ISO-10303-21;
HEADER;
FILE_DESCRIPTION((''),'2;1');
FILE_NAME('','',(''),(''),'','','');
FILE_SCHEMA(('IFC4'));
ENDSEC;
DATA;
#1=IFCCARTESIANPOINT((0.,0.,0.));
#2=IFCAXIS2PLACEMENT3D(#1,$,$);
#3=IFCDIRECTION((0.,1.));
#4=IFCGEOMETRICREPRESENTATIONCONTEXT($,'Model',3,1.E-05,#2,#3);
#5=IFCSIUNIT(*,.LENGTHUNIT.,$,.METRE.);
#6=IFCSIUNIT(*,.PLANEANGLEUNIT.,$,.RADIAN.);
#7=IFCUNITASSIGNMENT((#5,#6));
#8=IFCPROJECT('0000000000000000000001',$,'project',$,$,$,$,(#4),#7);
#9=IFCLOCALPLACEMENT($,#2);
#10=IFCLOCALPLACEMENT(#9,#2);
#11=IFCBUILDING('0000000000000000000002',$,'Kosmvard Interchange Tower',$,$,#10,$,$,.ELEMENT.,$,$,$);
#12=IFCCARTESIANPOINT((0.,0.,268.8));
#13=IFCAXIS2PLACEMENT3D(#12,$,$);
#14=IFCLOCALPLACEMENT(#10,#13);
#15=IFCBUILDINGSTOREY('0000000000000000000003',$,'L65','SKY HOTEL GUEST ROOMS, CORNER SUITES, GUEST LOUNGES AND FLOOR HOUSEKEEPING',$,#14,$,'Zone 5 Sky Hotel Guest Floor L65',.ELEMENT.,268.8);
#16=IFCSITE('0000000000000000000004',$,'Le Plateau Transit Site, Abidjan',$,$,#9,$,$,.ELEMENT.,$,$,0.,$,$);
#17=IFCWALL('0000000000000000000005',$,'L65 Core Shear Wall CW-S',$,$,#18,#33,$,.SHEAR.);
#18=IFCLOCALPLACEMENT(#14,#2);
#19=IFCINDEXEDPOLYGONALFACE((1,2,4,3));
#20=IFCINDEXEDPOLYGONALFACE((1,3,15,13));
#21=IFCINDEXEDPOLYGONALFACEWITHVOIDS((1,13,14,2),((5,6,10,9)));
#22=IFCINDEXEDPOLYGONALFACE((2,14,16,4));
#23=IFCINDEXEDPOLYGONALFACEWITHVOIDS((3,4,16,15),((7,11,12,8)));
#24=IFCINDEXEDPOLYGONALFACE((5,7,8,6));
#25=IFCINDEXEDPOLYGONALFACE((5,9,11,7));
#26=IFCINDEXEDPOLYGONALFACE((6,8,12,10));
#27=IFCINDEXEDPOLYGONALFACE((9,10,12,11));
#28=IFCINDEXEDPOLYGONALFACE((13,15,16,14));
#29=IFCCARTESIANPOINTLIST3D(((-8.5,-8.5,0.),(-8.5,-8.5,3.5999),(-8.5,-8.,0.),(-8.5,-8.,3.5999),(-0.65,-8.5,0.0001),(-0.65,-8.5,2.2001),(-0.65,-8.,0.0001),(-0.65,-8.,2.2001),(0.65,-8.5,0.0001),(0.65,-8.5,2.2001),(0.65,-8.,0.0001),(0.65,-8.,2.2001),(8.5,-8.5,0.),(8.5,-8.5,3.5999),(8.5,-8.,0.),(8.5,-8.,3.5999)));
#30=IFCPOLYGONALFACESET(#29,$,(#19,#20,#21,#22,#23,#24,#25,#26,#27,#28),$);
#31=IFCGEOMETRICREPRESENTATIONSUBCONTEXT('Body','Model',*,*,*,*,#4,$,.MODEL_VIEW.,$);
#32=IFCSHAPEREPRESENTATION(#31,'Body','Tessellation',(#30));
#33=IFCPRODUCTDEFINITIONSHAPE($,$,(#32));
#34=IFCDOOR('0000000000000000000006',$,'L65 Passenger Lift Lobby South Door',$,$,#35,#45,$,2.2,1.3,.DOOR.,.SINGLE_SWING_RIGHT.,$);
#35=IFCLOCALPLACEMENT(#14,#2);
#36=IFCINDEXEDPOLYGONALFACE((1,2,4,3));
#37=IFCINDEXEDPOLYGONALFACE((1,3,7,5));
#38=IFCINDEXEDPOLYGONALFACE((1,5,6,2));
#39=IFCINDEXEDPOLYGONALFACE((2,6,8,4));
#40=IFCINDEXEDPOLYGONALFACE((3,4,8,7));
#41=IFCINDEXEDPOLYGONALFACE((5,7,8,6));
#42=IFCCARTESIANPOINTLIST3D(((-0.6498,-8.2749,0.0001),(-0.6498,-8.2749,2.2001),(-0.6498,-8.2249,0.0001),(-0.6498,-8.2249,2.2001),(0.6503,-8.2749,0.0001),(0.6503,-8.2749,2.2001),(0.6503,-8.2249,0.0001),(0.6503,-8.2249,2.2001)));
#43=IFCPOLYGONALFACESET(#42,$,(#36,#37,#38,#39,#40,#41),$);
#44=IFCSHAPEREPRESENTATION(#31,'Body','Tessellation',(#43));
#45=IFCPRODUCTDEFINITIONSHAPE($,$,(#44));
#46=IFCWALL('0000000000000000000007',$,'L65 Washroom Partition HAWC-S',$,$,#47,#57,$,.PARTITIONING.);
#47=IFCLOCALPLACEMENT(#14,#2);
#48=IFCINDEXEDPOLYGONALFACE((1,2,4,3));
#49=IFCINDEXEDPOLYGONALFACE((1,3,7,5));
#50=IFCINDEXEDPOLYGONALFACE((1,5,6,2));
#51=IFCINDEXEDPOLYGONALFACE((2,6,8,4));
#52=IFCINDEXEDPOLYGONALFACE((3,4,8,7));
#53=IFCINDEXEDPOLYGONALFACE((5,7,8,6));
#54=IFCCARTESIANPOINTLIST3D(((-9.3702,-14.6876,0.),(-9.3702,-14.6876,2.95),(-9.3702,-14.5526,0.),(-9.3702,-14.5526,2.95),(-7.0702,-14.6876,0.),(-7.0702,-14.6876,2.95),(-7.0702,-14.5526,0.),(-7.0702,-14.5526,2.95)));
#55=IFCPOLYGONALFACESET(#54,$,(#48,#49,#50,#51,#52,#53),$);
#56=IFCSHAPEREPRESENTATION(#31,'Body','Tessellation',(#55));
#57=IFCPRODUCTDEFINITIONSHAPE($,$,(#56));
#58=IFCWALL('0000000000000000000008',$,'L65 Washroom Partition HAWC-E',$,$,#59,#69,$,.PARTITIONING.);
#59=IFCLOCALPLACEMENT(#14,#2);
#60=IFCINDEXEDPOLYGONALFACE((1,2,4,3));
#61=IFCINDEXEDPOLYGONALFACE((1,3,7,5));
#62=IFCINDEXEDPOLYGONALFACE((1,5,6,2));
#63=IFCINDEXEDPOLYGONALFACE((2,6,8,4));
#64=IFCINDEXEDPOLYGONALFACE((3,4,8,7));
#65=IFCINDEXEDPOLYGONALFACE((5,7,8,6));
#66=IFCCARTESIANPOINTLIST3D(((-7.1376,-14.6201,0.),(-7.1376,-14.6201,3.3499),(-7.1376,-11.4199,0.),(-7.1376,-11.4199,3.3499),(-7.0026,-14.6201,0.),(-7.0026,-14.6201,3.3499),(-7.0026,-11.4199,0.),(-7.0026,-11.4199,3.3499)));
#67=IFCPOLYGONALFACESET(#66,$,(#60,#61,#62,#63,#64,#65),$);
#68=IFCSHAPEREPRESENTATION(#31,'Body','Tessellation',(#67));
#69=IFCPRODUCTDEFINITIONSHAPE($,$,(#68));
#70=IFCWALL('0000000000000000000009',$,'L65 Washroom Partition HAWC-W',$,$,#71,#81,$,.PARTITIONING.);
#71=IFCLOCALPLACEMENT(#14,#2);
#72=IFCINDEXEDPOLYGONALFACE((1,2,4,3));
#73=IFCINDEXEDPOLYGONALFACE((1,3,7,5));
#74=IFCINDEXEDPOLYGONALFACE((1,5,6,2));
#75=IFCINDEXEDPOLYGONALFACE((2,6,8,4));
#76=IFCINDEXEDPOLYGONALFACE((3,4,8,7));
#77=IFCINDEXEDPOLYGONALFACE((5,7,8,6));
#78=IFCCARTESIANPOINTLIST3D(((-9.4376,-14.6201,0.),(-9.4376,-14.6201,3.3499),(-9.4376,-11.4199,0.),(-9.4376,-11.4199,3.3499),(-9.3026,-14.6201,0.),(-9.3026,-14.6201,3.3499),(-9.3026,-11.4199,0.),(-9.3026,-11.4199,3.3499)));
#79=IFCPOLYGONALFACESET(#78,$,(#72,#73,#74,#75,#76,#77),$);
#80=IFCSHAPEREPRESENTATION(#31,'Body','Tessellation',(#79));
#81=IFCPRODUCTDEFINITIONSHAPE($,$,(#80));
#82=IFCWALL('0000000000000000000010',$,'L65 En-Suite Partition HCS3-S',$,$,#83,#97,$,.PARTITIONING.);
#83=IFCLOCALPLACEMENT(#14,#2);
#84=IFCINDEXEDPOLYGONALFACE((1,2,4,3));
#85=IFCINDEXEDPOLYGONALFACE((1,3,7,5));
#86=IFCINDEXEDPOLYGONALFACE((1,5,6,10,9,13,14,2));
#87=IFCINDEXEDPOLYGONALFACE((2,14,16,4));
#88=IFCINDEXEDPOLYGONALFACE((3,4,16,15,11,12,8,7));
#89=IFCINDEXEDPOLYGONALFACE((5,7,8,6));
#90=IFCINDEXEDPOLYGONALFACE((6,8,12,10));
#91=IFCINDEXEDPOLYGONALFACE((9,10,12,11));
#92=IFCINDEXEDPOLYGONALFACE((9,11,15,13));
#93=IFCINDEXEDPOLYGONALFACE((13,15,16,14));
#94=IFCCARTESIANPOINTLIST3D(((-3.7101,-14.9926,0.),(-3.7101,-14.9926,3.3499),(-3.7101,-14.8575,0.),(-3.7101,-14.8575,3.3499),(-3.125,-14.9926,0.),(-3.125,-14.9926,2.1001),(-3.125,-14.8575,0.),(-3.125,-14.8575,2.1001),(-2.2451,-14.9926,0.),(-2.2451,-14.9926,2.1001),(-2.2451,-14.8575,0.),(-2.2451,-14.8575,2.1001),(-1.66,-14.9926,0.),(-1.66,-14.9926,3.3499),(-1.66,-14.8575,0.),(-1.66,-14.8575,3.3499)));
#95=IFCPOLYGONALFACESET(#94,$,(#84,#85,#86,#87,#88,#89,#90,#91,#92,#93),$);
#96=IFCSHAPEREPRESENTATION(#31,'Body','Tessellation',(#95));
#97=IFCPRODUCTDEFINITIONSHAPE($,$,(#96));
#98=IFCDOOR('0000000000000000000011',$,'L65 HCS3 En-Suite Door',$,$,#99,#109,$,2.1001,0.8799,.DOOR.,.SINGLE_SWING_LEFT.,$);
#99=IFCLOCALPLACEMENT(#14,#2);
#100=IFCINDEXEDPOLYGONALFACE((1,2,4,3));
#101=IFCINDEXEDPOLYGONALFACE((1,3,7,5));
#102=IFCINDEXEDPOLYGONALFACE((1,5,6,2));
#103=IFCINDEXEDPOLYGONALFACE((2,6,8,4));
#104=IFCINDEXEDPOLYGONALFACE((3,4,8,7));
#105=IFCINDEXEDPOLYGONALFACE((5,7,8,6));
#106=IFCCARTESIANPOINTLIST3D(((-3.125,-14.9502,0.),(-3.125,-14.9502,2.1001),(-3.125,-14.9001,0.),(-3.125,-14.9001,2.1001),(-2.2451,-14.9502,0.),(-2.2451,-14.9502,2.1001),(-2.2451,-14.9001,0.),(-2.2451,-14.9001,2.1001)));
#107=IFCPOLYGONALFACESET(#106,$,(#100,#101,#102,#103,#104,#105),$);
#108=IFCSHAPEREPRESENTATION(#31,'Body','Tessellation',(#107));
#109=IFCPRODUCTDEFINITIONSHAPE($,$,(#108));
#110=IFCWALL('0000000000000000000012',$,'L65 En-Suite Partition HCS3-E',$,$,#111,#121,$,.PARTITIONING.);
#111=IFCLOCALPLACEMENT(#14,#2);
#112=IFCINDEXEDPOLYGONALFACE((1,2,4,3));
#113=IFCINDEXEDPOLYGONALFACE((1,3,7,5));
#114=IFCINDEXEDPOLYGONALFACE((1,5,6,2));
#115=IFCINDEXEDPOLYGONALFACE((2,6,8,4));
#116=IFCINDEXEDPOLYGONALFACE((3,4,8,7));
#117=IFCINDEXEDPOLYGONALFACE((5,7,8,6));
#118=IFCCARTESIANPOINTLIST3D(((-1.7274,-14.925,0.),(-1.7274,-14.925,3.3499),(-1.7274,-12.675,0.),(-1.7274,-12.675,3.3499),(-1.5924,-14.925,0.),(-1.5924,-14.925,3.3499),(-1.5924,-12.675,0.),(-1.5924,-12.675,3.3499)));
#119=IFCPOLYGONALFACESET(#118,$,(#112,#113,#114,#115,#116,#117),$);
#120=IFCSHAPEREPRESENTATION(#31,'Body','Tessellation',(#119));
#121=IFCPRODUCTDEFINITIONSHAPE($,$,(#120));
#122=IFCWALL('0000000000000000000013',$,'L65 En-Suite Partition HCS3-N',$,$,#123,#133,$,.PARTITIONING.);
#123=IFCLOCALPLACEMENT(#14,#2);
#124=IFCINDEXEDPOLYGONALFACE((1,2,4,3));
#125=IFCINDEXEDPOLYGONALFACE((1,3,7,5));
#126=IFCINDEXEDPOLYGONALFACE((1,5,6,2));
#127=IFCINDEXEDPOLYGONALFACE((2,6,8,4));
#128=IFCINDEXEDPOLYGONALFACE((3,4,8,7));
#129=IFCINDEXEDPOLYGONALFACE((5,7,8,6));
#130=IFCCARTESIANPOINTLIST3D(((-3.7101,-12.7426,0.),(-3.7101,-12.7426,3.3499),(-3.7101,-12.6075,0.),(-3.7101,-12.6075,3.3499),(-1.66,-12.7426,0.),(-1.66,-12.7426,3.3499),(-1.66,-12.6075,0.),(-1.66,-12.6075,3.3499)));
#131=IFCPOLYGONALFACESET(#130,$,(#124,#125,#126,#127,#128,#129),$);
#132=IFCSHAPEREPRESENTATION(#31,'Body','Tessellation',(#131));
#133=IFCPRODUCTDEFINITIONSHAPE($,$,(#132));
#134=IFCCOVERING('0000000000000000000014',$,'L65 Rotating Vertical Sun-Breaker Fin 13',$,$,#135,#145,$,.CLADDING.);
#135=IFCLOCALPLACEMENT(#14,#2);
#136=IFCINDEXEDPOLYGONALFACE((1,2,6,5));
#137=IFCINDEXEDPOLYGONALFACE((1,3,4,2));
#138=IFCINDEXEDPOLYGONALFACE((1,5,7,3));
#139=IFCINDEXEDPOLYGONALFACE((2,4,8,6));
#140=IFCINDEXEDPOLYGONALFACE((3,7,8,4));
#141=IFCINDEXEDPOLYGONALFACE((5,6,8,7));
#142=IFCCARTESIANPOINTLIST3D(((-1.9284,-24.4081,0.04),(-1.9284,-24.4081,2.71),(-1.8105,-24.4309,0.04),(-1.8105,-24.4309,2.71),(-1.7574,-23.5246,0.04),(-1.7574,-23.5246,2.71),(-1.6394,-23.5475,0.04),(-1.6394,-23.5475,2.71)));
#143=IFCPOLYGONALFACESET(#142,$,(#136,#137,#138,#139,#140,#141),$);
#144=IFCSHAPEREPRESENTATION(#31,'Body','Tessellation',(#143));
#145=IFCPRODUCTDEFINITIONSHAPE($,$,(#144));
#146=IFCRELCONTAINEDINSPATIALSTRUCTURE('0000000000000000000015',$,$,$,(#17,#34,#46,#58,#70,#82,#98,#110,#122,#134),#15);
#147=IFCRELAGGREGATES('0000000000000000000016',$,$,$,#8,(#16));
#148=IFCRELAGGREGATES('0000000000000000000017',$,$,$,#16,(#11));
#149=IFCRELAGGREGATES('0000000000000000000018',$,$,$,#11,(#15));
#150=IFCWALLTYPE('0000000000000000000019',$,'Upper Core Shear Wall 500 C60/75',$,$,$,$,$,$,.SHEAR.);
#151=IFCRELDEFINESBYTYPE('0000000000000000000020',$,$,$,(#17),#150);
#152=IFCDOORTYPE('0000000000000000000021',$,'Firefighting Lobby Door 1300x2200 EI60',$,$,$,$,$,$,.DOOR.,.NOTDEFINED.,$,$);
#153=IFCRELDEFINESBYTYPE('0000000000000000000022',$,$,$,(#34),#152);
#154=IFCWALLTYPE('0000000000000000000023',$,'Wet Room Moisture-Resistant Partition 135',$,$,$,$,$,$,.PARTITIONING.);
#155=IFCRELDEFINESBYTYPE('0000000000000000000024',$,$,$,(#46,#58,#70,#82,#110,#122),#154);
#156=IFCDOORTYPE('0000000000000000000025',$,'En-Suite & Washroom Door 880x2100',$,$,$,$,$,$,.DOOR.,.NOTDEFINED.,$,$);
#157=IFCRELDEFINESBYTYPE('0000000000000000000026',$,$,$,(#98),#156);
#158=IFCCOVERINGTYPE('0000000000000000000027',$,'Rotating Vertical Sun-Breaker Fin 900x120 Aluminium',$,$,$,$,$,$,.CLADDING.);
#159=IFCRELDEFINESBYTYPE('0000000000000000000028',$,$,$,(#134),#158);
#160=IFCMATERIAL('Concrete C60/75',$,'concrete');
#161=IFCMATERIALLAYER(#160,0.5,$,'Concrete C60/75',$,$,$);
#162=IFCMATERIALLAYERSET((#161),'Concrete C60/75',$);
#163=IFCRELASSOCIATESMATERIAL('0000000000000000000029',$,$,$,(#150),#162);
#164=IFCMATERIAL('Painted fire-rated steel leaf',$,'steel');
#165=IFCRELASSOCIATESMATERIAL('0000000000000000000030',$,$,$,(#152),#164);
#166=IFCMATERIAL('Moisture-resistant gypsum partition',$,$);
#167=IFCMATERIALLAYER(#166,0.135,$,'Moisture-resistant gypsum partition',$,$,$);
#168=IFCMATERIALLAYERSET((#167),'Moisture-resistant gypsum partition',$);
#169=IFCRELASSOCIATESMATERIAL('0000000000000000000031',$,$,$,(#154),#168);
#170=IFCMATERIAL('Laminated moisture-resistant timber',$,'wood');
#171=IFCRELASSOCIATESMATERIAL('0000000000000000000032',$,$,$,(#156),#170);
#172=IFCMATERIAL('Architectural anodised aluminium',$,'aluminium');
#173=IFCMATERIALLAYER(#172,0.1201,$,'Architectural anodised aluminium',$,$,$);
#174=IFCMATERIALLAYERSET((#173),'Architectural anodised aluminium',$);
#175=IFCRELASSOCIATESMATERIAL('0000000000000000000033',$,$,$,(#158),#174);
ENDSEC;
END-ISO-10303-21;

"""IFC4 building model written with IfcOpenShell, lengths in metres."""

from ifc_helpers import new_model, si_unit, direction, frame, frame_2d, origin, origin_2d, place, context, subcontext, project, spatial, rectangle, extrude, source, transform, mapped, material, layer, layer_set, type_object, element, fill, save


model = new_model("IFC4")

# Units and contexts
model_context = context("Model", 3, precision=1e-05, world=origin(), true_north=direction((0.0, 1.0)))
body_context = subcontext(model_context, "Body", "Model", "MODEL_VIEW")
ifc_project = project(units=[si_unit("LENGTHUNIT", "METRE"), si_unit("PLANEANGLEUNIT", "RADIAN")], contexts=[model_context])

# Site, building, storey
site_placement = place(None, origin())
site = spatial("IfcSite", under=ifc_project, at=site_placement, Name="Le Plateau Transit Site, Abidjan", CompositionType="ELEMENT", RefElevation=0.0)
building_placement = place(site_placement, origin())
building = spatial("IfcBuilding", under=site, at=building_placement, Name="Kosmvard Interchange Tower", CompositionType="ELEMENT")
storey_placement = place(building_placement, frame((0.0, 0.0, 268.8)))
storey = spatial("IfcBuildingStorey", under=building, at=storey_placement, Name="L65", Description="SKY HOTEL GUEST ROOMS, CORNER SUITES, GUEST LOUNGES AND FLOOR HOUSEKEEPING", LongName="Zone 5 Sky Hotel Guest Floor L65", CompositionType="ELEMENT", Elevation=268.8)

# Shared definitions
ifc_material_1 = material(Name="Laminated moisture-resistant timber", Category="wood")

# Wall, opening, door
ifc_material_2 = material(Name="Concrete C60/75", Category="concrete")
ifc_layer_1 = layer(ifc_material_2, 0.5, Name="Concrete C60/75")
ifc_layer_set_1 = layer_set([ifc_layer_1], Name="Concrete C60/75")
wall_type_1 = type_object("IfcWallType", Name="Upper Core Shear Wall 500 C60/75", PredefinedType="SHEAR", material=ifc_layer_set_1)
wall_1_placement = place(storey_placement, frame((-8.5, -8.25, 0.0), z_axis=(0.0, 0.0, 1.0), x_axis=(1.0, 0.0, 0.0)))
wall_1 = element("IfcWall", 1, at=wall_1_placement, inside=storey, type_object=wall_type_1, Name="L65 Core Shear Wall CW-S", PredefinedType="SHEAR", context=body_context, shape_type="SweptSolid", body=[
    extrude(rectangle(XDim=17.0, YDim=0.5, at=frame_2d((8.5, 0.0))), origin(), (0.0, 0.0, 1.0), 3.5999),
])
opening_1_placement = place(wall_1_placement, frame((7.8501, 0.0, 0.0)))
opening_1 = element("IfcOpeningElement", 2, at=opening_1_placement, cuts=wall_1, PredefinedType="OPENING", context=body_context, shape_type="SweptSolid", body=[
    extrude(rectangle(XDim=1.3, YDim=2.2, at=frame_2d((0.6499, 1.1001))), frame((0.0, 0.26, 0.0), z_axis=(0.0, -1.0, 0.0), x_axis=(1.0, 0.0, 0.0)), (0.0, 0.0, 1.0), 0.52),
])
ifc_material_3 = material(Name="Painted fire-rated steel leaf", Category="steel")
door_type_1 = type_object("IfcDoorType", Name="Firefighting Lobby Door 1300x2200 EI60", OperationType="NOTDEFINED", PredefinedType="DOOR", material=ifc_material_3)
shared_shape_1 = source(origin(), body_context, "Body", "SweptSolid", [
    extrude(rectangle(XDim=1.3, YDim=2.2, at=frame_2d((0.6499, 1.1001))), frame((0.0, 0.0249, 0.0), z_axis=(0.0, -1.0, 0.0), x_axis=(1.0, 0.0, 0.0)), (0.0, 0.0, 1.0), 0.05),
])
door_1_placement = place(opening_1_placement, frame((1.3, 0.0, 0.0), z_axis=(0.0, 0.0, 1.0), x_axis=(-1.0, 0.0, 0.0)))
door_1 = element("IfcDoor", 3, at=door_1_placement, inside=storey, type_object=door_type_1, Name="L65 Passenger Lift Lobby South Door", OperationType="SINGLE_SWING_RIGHT", OverallHeight=2.2, OverallWidth=1.3, PredefinedType="DOOR", context=body_context, shape_type="MappedRepresentation", body=[
    mapped(shared_shape_1, transform((0.0, 0.0, 0.0), scale=1.0)),
])
fill(opening_1, door_1)

# Walls
ifc_material_4 = material(Name="Moisture-resistant gypsum partition")
ifc_layer_2 = layer(ifc_material_4, 0.135, Name="Moisture-resistant gypsum partition")
ifc_layer_set_2 = layer_set([ifc_layer_2], Name="Moisture-resistant gypsum partition")
wall_type_2 = type_object("IfcWallType", Name="Wet Room Moisture-Resistant Partition 135", PredefinedType="PARTITIONING", material=ifc_layer_set_2)
wall_2_placement = place(storey_placement, frame((-9.3701, -14.6201, 0.0), z_axis=(0.0, 0.0, 1.0), x_axis=(1.0, 0.0, 0.0)))
element("IfcWall", 4, at=wall_2_placement, inside=storey, type_object=wall_type_2, Name="L65 Washroom Partition HAWC-S", PredefinedType="PARTITIONING", context=body_context, shape_type="SweptSolid", body=[
    extrude(rectangle(XDim=2.3, YDim=0.135, at=frame_2d((1.1499, 0.0))), origin(), (0.0, 0.0, 1.0), 2.95),
])
for number, where, z_axis, x_axis, name in (
    (5, (-7.0701, -14.6201, 0.0), (0.0, 0.0, 1.0), (0.0, 1.0, 0.0), "L65 Washroom Partition HAWC-E"),
    (6, (-9.3701, -14.6201, 0.0), (0.0, 0.0, 1.0), (0.0, 1.0, 0.0), "L65 Washroom Partition HAWC-W"),
):
    element("IfcWall", number, at=place(storey_placement, frame(where, z_axis=z_axis, x_axis=x_axis)), inside=storey, type_object=wall_type_2, Name=name, PredefinedType="PARTITIONING", context=body_context, shape_type="SweptSolid", body=[
        extrude(rectangle(XDim=3.2002, YDim=0.135, at=frame_2d((1.6001, 0.0))), origin(), (0.0, 0.0, 1.0), 3.3499),
    ])

# Wall, opening, door
wall_3_placement = place(storey_placement, frame((-3.71, -14.925, 0.0), z_axis=(0.0, 0.0, 1.0), x_axis=(1.0, 0.0, 0.0)))
wall_3 = element("IfcWall", 7, at=wall_3_placement, inside=storey, type_object=wall_type_2, Name="L65 En-Suite Partition HCS3-S", PredefinedType="PARTITIONING", context=body_context, shape_type="SweptSolid", body=[
    extrude(rectangle(XDim=2.05, YDim=0.135, at=frame_2d((1.0249, 0.0))), origin(), (0.0, 0.0, 1.0), 3.3499),
])
opening_2_placement = place(wall_3_placement, frame((0.585, 0.0, 0.0)))
opening_2 = element("IfcOpeningElement", 8, at=opening_2_placement, cuts=wall_3, PredefinedType="OPENING", context=body_context, shape_type="SweptSolid", body=[
    extrude(rectangle(XDim=0.8799, YDim=2.1001, at=frame_2d((0.4399, 1.05))), frame((0.0, 0.0776, 0.0), z_axis=(0.0, -1.0, 0.0), x_axis=(1.0, 0.0, 0.0)), (0.0, 0.0, 1.0), 0.155),
])
door_type_2 = type_object("IfcDoorType", Name="En-Suite & Washroom Door 880x2100", OperationType="NOTDEFINED", PredefinedType="DOOR", material=ifc_material_1)
shared_shape_2 = source(origin(), body_context, "Body", "SweptSolid", [
    extrude(rectangle(XDim=0.8799, YDim=2.1001, at=frame_2d((0.4399, 1.05))), frame((0.0, 0.0249, 0.0), z_axis=(0.0, -1.0, 0.0), x_axis=(1.0, 0.0, 0.0)), (0.0, 0.0, 1.0), 0.05),
])
door_2_placement = place(opening_2_placement, origin())
door_2 = element("IfcDoor", 9, at=door_2_placement, inside=storey, type_object=door_type_2, Name="L65 HCS3 En-Suite Door", OperationType="SINGLE_SWING_LEFT", OverallHeight=2.1001, OverallWidth=0.8799, PredefinedType="DOOR", context=body_context, shape_type="MappedRepresentation", body=[
    mapped(shared_shape_2, transform((0.0, 0.0, 0.0), scale=1.0)),
])
fill(opening_2, door_2)

# Walls
wall_4_placement = place(storey_placement, frame((-1.6599, -14.925, 0.0), z_axis=(0.0, 0.0, 1.0), x_axis=(0.0, 1.0, 0.0)))
element("IfcWall", 10, at=wall_4_placement, inside=storey, type_object=wall_type_2, Name="L65 En-Suite Partition HCS3-E", PredefinedType="PARTITIONING", context=body_context, shape_type="SweptSolid", body=[
    extrude(rectangle(XDim=2.25, YDim=0.135, at=frame_2d((1.125, 0.0))), origin(), (0.0, 0.0, 1.0), 3.3499),
])
wall_5_placement = place(storey_placement, frame((-3.71, -12.675, 0.0), z_axis=(0.0, 0.0, 1.0), x_axis=(1.0, 0.0, 0.0)))
element("IfcWall", 11, at=wall_5_placement, inside=storey, type_object=wall_type_2, Name="L65 En-Suite Partition HCS3-N", PredefinedType="PARTITIONING", context=body_context, shape_type="SweptSolid", body=[
    extrude(rectangle(XDim=2.05, YDim=0.135, at=frame_2d((1.0249, 0.0))), origin(), (0.0, 0.0, 1.0), 3.3499),
])

# Covering
ifc_material_5 = material(Name="Architectural anodised aluminium", Category="aluminium")
ifc_layer_3 = layer(ifc_material_5, 0.1201, Name="Architectural anodised aluminium")
ifc_layer_set_3 = layer_set([ifc_layer_3], Name="Architectural anodised aluminium")
covering_type = type_object("IfcCoveringType", Name="Rotating Vertical Sun-Breaker Fin 900x120 Aluminium", PredefinedType="CLADDING", material=ifc_layer_set_3)
shared_shape_3 = source(origin(), body_context, "Body", "SweptSolid", [
    extrude(rectangle(XDim=0.8999, YDim=0.1201, at=origin_2d()), origin(), (0.0, 0.0, 1.0), 2.6699),
])
covering_placement = place(storey_placement, frame((-1.7839, -23.9778, 0.04), z_axis=(0.0, 0.0, 1.0), x_axis=(-0.190124, -0.98176, 0.0)))
element("IfcCovering", 12, at=covering_placement, inside=storey, type_object=covering_type, Name="L65 Rotating Vertical Sun-Breaker Fin 13", PredefinedType="CLADDING", context=body_context, shape_type="MappedRepresentation", body=[
    mapped(shared_shape_3, transform((0.0, 0.0, 0.0), scale=1.0)),
])

save(model, "model.ifc")
